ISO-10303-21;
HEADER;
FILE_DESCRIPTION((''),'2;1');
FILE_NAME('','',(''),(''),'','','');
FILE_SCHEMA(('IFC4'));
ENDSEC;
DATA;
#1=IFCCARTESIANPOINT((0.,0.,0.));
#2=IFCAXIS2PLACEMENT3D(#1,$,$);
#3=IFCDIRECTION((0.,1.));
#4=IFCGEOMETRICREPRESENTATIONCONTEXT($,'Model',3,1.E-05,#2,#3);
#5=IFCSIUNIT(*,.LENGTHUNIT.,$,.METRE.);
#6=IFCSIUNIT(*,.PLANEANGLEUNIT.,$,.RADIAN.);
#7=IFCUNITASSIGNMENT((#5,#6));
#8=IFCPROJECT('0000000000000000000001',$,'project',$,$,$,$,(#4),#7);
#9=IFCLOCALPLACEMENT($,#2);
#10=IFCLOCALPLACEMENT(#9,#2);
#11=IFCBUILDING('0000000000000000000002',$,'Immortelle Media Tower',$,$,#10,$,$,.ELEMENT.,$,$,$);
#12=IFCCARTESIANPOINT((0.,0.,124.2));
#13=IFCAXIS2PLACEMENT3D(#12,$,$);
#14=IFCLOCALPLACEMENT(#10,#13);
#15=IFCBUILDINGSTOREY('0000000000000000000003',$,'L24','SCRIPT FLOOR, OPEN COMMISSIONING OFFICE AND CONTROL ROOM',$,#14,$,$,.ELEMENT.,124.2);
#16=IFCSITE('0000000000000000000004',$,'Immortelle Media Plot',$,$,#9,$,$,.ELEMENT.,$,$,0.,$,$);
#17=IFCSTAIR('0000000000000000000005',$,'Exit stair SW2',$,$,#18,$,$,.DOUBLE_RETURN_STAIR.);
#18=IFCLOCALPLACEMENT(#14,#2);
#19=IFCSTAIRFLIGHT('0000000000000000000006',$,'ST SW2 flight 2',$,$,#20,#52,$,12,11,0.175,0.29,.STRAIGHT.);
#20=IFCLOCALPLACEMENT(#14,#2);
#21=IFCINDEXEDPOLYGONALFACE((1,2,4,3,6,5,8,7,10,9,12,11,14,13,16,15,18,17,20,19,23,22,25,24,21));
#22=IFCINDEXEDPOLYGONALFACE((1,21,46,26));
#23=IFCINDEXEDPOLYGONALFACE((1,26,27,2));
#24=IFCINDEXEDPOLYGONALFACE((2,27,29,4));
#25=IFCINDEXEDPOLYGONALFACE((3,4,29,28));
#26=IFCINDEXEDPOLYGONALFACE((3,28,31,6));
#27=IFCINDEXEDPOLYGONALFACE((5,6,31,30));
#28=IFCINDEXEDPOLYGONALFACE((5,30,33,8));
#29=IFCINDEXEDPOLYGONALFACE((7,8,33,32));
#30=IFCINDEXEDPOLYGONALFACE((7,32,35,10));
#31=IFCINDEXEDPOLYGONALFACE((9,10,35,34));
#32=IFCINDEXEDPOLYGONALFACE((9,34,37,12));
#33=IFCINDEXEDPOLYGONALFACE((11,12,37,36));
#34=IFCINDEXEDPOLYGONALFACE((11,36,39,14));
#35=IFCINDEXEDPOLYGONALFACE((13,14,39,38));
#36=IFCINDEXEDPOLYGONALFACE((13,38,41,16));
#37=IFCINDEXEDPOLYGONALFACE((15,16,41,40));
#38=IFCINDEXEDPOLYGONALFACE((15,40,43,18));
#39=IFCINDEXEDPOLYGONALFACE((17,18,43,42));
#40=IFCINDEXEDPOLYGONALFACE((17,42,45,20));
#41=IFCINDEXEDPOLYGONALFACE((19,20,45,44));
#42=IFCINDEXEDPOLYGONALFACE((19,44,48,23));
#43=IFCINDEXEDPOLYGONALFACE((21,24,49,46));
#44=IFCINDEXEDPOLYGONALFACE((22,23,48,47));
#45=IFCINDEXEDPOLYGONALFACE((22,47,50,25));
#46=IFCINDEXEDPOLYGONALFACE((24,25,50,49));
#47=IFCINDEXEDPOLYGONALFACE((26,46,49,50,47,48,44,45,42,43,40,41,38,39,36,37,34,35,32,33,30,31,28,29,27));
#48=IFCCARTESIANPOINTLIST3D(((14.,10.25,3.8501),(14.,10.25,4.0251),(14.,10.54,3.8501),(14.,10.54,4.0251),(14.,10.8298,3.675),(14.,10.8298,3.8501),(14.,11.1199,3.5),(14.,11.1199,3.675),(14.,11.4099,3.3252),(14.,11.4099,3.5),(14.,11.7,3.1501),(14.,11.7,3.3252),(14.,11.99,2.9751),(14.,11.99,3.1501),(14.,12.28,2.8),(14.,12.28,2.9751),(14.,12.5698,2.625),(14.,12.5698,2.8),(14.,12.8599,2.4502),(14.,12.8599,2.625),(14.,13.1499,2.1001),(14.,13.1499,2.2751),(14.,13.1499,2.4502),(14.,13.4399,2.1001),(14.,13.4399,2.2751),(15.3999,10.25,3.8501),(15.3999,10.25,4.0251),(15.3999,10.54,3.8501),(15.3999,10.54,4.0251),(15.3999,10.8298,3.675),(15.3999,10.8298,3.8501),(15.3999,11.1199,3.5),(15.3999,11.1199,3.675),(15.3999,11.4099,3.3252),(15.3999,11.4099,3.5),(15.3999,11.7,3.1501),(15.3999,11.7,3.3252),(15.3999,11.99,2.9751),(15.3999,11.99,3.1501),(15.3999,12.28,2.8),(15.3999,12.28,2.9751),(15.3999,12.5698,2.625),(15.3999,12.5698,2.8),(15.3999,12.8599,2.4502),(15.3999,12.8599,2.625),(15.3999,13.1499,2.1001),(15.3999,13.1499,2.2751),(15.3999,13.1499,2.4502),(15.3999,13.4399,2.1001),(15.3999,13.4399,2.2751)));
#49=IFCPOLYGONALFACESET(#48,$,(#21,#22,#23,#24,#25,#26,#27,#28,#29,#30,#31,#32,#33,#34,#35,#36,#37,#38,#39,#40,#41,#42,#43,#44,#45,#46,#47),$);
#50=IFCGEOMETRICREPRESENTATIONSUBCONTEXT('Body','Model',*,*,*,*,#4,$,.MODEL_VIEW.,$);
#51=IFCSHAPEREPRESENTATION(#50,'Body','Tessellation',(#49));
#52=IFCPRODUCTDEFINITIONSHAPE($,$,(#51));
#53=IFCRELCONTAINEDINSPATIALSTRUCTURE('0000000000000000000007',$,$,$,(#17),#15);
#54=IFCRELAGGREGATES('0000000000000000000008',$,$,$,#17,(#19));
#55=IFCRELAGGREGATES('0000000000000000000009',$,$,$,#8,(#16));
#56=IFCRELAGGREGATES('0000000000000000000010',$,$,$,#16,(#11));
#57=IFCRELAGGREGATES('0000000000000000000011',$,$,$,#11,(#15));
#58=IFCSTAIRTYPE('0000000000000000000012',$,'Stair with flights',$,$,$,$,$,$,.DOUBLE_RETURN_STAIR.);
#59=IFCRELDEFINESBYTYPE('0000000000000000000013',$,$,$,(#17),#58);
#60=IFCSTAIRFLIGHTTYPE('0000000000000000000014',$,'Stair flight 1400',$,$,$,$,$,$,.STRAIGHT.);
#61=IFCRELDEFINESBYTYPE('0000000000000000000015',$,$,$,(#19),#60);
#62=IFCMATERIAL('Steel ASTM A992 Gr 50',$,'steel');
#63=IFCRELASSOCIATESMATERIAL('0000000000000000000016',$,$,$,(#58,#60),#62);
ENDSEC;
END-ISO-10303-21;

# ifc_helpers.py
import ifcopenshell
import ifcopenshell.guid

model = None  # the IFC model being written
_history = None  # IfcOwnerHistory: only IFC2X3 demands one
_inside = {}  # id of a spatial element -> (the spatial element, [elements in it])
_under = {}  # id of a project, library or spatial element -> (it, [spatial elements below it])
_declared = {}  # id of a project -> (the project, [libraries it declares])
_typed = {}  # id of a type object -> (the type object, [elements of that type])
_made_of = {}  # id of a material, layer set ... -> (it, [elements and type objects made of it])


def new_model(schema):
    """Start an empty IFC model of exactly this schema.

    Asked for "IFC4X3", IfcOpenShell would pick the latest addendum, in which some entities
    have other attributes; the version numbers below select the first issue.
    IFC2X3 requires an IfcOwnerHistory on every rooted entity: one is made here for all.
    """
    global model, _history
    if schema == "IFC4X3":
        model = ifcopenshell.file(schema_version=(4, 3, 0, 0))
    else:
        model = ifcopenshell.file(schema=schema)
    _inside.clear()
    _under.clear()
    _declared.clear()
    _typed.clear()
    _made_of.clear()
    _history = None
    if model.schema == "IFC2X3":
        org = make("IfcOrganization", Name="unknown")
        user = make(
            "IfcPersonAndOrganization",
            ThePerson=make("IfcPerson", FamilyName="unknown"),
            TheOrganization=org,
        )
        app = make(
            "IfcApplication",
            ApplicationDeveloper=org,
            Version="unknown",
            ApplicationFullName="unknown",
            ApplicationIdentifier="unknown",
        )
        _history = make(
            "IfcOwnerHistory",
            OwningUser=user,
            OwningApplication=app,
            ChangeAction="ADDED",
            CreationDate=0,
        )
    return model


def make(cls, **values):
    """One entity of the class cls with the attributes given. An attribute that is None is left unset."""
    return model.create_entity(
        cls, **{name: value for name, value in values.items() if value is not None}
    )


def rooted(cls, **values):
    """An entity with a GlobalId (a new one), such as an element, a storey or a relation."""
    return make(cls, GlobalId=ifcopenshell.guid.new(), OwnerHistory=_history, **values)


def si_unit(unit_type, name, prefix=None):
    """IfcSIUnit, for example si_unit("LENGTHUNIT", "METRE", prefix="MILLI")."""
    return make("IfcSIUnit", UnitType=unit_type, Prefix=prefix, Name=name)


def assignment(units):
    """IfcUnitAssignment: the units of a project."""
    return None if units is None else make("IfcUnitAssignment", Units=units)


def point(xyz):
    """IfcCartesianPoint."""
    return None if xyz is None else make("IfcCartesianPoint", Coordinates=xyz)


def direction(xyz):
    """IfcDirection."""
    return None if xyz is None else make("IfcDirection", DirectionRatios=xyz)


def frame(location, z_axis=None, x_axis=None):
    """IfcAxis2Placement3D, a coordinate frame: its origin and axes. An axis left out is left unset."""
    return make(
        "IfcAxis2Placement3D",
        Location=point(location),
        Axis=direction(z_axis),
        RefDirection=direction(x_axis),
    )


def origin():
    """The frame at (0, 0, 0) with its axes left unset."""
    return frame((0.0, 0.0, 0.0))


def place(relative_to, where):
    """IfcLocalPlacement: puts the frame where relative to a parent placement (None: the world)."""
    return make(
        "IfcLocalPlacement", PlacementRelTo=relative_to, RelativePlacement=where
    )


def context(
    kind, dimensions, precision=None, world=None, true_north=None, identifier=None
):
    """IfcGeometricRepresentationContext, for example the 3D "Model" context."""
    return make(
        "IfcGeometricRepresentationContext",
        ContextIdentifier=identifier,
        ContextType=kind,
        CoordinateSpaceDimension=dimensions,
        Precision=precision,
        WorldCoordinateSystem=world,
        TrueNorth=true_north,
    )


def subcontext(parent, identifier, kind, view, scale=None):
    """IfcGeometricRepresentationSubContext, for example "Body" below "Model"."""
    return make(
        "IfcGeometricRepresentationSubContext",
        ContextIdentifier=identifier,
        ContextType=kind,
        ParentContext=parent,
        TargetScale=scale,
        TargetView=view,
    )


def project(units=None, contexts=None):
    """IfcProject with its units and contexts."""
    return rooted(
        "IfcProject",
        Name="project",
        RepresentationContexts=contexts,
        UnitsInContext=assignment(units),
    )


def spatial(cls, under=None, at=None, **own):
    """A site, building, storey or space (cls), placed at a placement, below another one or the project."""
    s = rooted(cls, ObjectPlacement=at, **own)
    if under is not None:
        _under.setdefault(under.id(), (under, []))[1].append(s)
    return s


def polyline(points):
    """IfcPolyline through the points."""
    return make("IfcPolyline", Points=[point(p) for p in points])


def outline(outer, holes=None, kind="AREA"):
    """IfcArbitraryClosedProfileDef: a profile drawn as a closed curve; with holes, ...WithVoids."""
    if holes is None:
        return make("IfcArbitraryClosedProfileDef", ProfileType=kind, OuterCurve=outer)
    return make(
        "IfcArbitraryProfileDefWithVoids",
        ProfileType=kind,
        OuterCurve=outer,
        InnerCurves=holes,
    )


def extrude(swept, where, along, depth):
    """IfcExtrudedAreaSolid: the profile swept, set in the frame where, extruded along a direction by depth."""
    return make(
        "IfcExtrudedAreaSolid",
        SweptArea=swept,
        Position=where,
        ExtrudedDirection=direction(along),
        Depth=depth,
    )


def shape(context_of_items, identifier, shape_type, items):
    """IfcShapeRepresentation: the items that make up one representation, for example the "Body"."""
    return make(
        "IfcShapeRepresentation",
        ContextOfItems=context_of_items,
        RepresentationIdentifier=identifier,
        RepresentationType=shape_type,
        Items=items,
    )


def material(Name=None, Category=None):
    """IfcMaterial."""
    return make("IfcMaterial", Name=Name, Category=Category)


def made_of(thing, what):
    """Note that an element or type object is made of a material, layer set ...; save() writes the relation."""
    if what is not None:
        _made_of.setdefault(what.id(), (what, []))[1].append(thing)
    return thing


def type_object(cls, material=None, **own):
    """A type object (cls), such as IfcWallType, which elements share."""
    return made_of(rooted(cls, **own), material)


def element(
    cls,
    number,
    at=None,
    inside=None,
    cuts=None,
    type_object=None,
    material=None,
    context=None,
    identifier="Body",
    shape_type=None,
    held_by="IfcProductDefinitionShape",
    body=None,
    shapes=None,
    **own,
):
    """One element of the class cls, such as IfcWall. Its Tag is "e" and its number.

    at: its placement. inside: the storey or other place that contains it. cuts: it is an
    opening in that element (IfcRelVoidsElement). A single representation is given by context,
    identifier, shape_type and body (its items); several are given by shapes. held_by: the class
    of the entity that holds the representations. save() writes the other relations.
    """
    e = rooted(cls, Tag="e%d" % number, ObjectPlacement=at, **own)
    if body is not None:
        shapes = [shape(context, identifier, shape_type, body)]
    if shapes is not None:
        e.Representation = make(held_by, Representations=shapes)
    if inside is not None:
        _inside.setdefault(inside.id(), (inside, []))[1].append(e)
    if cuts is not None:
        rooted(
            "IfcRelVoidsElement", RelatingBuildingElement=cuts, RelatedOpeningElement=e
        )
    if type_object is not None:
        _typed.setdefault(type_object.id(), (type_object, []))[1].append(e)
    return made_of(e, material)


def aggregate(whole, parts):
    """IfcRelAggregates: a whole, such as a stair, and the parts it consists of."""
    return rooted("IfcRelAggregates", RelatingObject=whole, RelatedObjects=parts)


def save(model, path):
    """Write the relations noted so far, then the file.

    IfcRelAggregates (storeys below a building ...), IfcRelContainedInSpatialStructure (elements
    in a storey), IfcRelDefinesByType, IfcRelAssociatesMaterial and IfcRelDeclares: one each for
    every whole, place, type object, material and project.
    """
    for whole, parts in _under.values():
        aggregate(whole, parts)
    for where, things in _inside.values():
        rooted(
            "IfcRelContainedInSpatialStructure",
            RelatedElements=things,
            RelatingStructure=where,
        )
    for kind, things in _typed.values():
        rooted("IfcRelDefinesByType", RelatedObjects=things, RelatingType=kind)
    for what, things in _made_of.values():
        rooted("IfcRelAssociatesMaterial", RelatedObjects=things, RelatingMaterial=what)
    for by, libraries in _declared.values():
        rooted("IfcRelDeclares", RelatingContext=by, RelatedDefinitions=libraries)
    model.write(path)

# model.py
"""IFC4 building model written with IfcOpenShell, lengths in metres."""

from ifc_helpers import new_model, si_unit, direction, frame, origin, place, context, subcontext, project, spatial, polyline, outline, extrude, material, type_object, element, aggregate, save


model = new_model("IFC4")

# Units and contexts
model_context = context("Model", 3, precision=1e-05, world=origin(), true_north=direction((0.0, 1.0)))
body_context = subcontext(model_context, "Body", "Model", "MODEL_VIEW")
ifc_project = project(units=[si_unit("LENGTHUNIT", "METRE"), si_unit("PLANEANGLEUNIT", "RADIAN")], contexts=[model_context])

# Site, building, storey
site_placement = place(None, origin())
site = spatial("IfcSite", under=ifc_project, at=site_placement, Name="Immortelle Media Plot", CompositionType="ELEMENT", RefElevation=0.0)
building_placement = place(site_placement, origin())
building = spatial("IfcBuilding", under=site, at=building_placement, Name="Immortelle Media Tower", CompositionType="ELEMENT")
storey_placement = place(building_placement, frame((0.0, 0.0, 124.2)))
storey = spatial("IfcBuildingStorey", under=building, at=storey_placement, Name="L24", Description="SCRIPT FLOOR, OPEN COMMISSIONING OFFICE AND CONTROL ROOM", CompositionType="ELEMENT", Elevation=124.2)

# Shared definitions
ifc_material_1 = material(Name="Steel ASTM A992 Gr 50", Category="steel")

# Stair, stair flight
stair_type = type_object("IfcStairType", Name="Stair with flights", PredefinedType="DOUBLE_RETURN_STAIR", material=ifc_material_1)
stair_flight_type = type_object("IfcStairFlightType", Name="Stair flight 1400", PredefinedType="STRAIGHT", material=ifc_material_1)
stair_1_placement = place(storey_placement, origin())
stair_1 = element("IfcStair", 1, at=stair_1_placement, inside=storey, type_object=stair_type, Name="Exit stair SW2", PredefinedType="DOUBLE_RETURN_STAIR")
stair_flight_1_placement = place(storey_placement, frame((14.7, 13.4399, 2.1001), z_axis=(0.0, 0.0, 1.0), x_axis=(0.0, -1.0, 0.0)))
stair_flight_1 = element("IfcStairFlight", 2, at=stair_flight_1_placement, type_object=stair_flight_type, Name="ST SW2 flight 2", NumberOfRisers=12, NumberOfTreads=11, PredefinedType="STRAIGHT", RiserHeight=0.175, TreadLength=0.29, context=body_context, shape_type="SweptSolid", body=[
    extrude(outline(polyline([(0.0, 0.0), (0.0, 0.175), (0.29, 0.175), (0.29, 0.3501), (0.5801, 0.3501), (0.5801, 0.5249), (0.8701, 0.5249), (0.8701, 0.7), (1.1599, 0.7), (1.1599, 0.875), (1.45, 0.875), (1.45, 1.05), (1.74, 1.05), (1.74, 1.2251), (2.03, 1.2251), (2.03, 1.3999), (2.3201, 1.3999), (2.3201, 1.575), (2.6101, 1.575), (2.6101, 1.75), (2.8999, 1.75), (2.8999, 1.925), (3.1899, 1.925), (3.1899, 2.1001), (3.1899, 1.75), (0.29, 0.0), (0.0, 0.0)])), frame((0.0, 0.7, 0.0), z_axis=(0.0, -1.0, 0.0), x_axis=(1.0, 0.0, 0.0)), (0.0, 0.0, 1.0), 1.3999),
])
aggregate(stair_1, [stair_flight_1])

save(model, "model.ifc")
